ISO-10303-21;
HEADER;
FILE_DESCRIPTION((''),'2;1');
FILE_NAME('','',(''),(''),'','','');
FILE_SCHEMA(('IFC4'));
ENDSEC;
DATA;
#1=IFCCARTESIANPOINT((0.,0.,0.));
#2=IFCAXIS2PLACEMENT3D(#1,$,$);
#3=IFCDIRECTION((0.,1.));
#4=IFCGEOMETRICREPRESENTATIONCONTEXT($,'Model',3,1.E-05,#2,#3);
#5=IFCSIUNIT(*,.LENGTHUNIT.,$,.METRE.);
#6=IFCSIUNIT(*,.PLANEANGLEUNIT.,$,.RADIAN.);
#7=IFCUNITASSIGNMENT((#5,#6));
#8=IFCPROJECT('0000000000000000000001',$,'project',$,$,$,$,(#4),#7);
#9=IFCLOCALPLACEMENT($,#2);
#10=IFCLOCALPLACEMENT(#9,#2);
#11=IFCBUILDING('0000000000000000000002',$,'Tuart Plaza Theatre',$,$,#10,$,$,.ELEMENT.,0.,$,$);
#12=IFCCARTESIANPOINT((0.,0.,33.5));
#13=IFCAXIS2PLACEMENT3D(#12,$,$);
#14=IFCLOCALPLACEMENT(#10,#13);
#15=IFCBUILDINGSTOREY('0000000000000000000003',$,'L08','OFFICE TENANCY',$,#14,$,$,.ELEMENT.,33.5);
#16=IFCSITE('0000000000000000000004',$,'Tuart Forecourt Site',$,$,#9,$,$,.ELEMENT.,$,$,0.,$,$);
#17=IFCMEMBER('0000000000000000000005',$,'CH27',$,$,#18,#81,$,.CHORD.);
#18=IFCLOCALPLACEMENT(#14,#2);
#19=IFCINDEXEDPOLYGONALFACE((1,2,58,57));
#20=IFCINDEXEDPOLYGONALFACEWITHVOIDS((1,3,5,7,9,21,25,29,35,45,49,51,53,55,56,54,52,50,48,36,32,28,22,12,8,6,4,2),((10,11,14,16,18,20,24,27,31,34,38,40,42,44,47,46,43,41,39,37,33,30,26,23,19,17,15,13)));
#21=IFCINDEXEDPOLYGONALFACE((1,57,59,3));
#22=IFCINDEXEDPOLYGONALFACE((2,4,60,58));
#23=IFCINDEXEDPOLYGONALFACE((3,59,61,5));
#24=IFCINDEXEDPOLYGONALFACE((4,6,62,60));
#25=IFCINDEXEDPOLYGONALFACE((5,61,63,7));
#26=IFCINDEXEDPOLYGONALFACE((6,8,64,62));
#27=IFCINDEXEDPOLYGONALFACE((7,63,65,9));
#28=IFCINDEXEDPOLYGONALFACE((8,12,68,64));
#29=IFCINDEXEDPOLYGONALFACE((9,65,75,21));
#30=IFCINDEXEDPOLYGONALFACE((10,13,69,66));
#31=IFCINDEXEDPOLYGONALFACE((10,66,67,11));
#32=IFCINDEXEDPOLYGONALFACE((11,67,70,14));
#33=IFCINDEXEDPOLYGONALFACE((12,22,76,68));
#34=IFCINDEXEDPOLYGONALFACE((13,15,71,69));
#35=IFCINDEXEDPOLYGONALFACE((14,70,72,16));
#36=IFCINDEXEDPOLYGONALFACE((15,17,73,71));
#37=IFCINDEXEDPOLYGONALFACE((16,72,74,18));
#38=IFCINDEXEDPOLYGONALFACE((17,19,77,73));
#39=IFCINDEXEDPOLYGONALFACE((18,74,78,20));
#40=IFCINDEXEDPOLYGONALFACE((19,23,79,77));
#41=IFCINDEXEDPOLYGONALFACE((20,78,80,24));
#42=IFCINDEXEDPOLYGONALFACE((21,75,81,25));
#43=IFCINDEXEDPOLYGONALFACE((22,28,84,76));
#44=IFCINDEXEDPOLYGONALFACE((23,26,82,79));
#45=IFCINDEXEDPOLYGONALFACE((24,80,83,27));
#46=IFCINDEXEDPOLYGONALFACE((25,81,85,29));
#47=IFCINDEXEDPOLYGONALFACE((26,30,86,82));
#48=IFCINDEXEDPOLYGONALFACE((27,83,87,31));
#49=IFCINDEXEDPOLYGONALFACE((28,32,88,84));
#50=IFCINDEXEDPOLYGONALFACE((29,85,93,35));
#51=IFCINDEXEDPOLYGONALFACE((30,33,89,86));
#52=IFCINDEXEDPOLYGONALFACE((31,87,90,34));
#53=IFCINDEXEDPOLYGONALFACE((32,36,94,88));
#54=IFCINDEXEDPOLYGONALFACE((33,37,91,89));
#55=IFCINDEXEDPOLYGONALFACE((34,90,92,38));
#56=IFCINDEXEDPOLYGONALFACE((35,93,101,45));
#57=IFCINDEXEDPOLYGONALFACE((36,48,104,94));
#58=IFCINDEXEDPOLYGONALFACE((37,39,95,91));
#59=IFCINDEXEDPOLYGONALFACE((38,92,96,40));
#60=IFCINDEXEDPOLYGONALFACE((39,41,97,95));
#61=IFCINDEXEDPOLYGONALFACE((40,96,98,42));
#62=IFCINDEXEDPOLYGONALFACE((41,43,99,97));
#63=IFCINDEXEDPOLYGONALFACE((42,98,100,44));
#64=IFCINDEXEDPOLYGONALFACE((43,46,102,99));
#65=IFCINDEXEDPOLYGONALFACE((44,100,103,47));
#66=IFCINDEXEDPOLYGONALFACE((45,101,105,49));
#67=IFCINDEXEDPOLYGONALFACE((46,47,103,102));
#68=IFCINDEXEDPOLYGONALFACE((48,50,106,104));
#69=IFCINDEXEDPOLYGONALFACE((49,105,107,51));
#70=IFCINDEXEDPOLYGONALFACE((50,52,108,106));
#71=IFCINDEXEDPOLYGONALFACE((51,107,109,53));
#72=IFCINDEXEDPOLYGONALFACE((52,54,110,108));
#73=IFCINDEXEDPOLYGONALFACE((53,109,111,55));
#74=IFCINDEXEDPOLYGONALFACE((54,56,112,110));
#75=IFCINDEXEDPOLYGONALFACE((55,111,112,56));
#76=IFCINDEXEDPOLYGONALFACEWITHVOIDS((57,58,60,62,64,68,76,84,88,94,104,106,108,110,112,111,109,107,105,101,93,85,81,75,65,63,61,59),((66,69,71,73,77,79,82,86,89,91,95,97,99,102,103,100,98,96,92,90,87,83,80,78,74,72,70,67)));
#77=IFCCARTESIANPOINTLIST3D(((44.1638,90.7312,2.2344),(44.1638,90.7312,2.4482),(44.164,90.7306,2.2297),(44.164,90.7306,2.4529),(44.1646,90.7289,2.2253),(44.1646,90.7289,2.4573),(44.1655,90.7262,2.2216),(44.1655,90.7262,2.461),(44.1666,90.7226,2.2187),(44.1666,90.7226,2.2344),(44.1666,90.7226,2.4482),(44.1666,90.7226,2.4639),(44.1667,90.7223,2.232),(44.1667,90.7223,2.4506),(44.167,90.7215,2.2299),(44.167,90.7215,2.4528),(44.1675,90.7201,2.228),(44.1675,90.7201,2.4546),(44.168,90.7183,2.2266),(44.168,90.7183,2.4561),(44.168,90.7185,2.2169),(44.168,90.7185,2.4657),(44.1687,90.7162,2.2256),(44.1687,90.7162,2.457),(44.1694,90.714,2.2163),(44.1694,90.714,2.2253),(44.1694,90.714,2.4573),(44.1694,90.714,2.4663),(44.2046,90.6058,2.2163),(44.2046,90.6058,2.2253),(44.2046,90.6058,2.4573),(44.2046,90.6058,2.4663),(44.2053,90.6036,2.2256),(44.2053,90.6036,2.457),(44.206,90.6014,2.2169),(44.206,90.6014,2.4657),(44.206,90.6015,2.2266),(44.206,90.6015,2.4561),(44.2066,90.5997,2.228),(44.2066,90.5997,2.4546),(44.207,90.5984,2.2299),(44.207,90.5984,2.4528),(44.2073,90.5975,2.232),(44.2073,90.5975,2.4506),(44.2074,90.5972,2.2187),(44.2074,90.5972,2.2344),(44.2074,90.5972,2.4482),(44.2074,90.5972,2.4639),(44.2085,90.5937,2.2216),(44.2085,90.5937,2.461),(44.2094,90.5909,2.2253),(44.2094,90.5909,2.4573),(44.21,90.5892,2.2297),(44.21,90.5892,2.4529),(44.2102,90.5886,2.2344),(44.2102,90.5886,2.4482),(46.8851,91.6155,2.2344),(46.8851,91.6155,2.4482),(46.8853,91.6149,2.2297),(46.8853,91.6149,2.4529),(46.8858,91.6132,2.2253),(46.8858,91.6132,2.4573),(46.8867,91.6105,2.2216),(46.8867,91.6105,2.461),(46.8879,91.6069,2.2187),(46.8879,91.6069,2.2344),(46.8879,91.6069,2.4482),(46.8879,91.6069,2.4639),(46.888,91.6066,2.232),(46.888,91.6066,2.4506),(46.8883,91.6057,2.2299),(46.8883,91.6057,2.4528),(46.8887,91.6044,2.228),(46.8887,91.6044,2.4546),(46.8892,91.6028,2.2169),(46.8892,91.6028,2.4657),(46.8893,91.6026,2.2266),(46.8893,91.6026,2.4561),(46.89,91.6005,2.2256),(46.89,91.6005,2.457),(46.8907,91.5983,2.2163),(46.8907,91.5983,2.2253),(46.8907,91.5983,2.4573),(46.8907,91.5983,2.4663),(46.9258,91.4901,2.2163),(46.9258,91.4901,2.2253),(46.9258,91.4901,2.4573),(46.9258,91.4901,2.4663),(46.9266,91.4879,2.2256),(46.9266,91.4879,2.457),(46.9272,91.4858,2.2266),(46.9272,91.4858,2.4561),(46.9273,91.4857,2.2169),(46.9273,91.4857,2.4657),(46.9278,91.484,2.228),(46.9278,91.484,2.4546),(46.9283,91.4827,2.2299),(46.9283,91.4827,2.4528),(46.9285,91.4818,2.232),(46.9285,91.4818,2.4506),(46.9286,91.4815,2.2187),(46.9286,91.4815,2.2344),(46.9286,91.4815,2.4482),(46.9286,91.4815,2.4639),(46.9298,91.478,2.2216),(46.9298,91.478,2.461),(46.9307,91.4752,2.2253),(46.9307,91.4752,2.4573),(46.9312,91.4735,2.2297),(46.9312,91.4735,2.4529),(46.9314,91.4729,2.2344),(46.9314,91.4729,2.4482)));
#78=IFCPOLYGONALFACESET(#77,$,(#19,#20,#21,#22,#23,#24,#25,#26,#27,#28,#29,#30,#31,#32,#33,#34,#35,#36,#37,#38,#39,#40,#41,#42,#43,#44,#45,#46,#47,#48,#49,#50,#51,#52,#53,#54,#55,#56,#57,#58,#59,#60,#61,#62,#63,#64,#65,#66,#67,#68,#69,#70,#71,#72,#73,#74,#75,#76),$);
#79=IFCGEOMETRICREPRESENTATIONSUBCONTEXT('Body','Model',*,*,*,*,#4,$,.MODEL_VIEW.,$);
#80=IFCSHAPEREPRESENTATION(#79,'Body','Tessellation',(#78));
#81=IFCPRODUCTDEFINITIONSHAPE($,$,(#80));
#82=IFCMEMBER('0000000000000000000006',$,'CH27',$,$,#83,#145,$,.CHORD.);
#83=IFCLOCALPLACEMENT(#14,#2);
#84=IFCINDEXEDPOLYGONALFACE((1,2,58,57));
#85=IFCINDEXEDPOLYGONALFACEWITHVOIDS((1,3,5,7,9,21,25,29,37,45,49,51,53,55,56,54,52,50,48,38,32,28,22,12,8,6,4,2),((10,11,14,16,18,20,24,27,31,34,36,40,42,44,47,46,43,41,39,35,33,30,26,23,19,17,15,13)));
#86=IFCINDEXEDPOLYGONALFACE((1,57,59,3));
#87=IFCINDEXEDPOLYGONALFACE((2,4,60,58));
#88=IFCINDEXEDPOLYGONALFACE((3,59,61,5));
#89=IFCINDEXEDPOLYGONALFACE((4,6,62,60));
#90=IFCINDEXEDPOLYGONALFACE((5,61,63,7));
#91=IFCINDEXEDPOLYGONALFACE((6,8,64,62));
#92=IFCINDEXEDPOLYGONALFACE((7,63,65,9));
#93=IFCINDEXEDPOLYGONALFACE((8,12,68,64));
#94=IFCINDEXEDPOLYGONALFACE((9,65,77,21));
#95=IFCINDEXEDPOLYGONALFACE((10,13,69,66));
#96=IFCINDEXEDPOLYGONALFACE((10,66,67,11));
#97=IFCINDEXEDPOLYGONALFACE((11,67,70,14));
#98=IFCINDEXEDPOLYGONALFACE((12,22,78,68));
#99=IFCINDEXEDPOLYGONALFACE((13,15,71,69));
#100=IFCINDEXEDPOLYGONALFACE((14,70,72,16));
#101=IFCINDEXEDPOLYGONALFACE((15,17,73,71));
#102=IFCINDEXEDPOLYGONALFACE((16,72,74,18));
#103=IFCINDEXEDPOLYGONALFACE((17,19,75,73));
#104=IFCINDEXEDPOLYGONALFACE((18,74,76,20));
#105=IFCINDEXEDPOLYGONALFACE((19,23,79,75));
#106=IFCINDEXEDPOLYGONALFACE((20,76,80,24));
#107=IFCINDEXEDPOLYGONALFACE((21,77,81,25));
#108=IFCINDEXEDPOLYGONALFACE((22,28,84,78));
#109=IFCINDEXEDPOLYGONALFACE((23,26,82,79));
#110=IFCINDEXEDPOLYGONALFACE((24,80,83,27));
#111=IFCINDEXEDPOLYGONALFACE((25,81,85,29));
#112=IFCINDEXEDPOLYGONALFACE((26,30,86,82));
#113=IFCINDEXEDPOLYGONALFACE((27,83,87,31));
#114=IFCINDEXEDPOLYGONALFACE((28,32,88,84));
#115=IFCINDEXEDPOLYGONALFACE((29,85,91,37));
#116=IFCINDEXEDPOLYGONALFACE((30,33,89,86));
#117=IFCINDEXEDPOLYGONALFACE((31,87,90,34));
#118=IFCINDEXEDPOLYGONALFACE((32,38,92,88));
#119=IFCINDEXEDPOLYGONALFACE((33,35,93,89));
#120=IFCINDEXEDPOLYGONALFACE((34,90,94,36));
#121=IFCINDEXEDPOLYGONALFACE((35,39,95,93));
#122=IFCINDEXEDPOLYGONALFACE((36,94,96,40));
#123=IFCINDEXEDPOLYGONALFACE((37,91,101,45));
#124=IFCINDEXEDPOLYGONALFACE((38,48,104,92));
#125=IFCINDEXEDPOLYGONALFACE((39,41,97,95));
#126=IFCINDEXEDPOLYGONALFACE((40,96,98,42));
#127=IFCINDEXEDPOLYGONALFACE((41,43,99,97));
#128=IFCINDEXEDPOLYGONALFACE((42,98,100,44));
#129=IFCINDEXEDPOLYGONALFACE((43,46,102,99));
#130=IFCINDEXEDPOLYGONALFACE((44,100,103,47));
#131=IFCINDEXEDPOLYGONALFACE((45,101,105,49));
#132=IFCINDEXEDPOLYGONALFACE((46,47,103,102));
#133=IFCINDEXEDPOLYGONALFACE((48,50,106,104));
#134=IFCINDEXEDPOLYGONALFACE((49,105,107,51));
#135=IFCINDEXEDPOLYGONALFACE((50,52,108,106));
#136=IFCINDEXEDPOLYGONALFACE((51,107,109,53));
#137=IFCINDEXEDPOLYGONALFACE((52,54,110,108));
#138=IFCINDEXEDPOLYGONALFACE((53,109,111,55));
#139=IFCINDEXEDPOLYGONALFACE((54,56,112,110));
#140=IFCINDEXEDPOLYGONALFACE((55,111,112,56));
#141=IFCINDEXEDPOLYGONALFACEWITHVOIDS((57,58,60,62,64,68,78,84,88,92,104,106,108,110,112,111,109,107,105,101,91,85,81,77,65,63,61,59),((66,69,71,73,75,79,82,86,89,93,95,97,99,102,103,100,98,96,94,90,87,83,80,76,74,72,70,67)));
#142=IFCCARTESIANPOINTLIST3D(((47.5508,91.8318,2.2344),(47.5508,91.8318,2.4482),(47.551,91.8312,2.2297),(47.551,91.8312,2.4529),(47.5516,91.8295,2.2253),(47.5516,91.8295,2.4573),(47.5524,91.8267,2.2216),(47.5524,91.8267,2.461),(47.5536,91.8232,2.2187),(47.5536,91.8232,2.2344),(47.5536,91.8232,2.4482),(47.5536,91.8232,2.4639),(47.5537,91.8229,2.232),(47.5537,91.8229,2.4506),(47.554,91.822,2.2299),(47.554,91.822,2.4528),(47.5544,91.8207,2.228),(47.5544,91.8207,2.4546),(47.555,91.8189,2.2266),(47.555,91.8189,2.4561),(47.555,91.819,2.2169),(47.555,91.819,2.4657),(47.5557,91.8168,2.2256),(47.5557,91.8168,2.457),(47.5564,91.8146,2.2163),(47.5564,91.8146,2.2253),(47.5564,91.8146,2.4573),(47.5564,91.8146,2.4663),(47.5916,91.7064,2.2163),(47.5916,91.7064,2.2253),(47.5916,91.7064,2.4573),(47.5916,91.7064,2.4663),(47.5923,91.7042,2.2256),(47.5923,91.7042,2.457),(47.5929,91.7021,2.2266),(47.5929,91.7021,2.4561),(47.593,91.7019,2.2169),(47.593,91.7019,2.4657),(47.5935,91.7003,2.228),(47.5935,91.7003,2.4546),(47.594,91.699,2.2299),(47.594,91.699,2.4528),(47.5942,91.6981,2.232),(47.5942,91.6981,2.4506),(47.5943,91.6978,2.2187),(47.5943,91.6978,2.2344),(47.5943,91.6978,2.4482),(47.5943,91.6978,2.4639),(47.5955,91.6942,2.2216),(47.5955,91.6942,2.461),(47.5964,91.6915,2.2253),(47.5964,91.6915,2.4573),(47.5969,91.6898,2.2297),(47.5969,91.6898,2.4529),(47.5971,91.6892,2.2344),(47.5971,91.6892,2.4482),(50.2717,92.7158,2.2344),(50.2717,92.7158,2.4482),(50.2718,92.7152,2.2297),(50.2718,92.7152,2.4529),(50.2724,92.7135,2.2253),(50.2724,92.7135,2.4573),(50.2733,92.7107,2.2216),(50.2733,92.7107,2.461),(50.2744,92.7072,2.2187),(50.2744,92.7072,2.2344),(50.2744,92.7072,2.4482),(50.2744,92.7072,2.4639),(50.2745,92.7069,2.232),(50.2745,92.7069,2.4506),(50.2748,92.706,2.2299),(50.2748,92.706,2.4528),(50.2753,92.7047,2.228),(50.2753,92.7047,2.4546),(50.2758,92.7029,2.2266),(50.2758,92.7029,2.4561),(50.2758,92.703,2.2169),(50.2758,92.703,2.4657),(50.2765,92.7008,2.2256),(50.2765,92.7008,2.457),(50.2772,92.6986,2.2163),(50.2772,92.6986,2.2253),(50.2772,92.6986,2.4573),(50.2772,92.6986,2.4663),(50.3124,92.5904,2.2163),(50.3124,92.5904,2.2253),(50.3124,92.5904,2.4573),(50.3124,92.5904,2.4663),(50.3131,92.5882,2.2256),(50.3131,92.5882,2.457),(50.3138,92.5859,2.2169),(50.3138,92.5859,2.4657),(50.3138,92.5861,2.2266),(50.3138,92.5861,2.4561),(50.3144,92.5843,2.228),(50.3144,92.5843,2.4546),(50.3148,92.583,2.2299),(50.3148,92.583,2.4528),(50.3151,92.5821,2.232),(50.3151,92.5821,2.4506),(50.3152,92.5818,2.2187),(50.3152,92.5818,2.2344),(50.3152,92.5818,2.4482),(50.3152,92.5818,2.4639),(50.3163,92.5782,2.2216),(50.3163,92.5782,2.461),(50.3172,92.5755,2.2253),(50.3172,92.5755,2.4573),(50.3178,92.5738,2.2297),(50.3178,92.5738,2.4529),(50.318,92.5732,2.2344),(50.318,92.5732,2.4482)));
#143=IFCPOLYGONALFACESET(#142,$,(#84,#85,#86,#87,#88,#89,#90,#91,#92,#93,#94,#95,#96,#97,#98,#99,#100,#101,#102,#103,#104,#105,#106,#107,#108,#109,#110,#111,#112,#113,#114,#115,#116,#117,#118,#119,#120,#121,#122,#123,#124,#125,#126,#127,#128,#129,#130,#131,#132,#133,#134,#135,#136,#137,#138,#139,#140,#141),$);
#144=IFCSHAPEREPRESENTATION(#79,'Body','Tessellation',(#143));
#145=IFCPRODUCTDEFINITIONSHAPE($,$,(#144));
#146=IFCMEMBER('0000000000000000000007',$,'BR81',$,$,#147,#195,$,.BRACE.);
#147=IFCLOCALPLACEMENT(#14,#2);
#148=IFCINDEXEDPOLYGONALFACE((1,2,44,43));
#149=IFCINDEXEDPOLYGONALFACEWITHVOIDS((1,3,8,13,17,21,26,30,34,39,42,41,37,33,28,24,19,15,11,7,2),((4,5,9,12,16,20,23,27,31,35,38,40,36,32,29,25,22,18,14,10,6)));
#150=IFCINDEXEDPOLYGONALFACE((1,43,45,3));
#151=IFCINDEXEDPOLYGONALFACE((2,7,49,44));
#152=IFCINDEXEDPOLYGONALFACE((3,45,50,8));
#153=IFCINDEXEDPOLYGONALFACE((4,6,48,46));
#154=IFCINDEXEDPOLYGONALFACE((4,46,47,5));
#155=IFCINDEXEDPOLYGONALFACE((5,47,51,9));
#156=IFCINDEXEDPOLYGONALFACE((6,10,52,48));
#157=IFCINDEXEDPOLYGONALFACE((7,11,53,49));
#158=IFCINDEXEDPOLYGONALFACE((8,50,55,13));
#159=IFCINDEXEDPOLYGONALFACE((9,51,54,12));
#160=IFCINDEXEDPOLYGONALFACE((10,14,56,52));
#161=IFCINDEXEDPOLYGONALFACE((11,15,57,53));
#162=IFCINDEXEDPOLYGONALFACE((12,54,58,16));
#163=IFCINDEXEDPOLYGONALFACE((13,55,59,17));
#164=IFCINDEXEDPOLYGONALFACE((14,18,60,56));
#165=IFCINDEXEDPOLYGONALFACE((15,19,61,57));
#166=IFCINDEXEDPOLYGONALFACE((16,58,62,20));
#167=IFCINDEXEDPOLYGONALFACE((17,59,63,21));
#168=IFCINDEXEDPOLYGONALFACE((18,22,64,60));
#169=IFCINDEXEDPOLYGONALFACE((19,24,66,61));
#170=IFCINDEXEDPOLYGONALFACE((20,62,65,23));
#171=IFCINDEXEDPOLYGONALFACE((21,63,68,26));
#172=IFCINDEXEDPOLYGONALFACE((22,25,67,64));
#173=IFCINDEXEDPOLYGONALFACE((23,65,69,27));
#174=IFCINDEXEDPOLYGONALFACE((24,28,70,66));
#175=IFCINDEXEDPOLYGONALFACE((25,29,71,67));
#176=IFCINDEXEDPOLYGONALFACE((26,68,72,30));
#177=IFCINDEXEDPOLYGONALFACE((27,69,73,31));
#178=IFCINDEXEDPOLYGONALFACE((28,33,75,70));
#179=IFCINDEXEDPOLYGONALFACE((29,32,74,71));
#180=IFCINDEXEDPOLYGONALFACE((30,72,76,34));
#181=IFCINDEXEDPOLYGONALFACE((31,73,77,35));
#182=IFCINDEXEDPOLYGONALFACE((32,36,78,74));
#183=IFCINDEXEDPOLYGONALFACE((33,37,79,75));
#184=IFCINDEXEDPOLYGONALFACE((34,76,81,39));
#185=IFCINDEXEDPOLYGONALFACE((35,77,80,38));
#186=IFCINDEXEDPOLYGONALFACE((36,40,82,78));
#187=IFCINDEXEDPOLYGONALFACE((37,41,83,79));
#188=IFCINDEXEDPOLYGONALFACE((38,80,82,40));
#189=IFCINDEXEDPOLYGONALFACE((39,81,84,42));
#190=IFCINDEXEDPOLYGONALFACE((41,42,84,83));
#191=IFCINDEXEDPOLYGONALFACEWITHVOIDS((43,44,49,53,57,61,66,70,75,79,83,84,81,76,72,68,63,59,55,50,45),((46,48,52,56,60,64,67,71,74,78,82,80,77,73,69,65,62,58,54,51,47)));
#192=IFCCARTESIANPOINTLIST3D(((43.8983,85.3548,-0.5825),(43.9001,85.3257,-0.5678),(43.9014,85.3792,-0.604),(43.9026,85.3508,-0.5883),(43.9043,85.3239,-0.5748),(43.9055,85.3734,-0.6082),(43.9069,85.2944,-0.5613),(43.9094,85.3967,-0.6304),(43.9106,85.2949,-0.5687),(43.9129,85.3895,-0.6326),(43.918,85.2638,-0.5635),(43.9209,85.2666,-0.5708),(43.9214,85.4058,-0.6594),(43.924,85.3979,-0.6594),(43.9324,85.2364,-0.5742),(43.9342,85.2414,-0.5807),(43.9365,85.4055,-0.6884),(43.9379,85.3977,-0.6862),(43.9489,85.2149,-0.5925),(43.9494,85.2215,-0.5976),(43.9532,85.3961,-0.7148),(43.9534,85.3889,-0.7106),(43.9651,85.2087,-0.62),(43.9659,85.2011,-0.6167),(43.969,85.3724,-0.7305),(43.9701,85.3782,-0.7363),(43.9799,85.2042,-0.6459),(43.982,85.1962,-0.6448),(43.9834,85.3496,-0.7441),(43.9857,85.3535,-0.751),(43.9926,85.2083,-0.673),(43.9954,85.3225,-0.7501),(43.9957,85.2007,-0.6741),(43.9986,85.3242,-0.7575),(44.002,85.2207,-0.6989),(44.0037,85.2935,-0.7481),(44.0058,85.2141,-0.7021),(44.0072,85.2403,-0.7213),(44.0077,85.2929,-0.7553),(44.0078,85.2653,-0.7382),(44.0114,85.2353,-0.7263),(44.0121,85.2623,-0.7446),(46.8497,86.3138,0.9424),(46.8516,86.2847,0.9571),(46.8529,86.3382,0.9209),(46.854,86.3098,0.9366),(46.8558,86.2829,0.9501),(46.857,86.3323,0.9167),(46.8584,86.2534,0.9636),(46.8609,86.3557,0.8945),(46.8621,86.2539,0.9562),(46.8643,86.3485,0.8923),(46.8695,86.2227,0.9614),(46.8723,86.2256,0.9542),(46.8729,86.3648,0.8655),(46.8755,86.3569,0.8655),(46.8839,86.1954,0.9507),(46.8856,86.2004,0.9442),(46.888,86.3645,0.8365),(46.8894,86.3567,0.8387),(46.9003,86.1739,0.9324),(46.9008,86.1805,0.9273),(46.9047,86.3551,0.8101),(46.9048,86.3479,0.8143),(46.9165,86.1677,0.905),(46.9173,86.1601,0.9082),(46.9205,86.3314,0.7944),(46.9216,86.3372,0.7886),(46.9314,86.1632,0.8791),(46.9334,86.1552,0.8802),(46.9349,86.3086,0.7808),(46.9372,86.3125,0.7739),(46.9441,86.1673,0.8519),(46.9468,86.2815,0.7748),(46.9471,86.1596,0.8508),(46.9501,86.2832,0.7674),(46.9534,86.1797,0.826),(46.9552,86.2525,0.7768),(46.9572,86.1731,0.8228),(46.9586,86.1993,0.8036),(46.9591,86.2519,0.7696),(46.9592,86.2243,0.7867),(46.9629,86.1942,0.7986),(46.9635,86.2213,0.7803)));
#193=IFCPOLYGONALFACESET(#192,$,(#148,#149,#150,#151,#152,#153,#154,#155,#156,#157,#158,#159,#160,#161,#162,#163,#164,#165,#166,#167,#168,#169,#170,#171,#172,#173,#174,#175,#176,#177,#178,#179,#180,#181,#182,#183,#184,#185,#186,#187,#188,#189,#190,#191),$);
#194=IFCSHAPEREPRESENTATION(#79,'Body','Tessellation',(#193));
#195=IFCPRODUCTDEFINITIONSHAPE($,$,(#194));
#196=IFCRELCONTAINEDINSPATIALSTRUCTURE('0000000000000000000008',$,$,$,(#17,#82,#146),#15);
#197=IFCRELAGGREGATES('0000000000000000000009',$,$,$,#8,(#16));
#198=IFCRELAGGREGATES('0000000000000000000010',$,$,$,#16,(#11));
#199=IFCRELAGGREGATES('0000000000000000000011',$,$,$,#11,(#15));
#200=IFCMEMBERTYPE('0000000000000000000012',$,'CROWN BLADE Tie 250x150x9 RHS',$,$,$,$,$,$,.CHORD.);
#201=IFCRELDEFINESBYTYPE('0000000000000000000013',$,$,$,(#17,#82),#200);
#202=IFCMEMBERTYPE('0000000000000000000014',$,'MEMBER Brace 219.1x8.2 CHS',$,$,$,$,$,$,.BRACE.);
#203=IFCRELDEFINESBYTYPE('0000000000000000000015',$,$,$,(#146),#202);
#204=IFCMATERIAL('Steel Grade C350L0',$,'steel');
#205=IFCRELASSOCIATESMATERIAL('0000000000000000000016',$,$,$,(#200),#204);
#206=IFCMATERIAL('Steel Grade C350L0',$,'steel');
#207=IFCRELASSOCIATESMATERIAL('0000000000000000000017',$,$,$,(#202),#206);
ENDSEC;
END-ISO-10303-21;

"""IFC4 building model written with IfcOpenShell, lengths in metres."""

from ifc_helpers import new_model, si_unit, direction, frame, origin, origin_2d, place, context, subcontext, project, spatial, hollow_rectangle, hollow_circle, extrude, material, material_profile, profile_set, type_object, element, save


model = new_model("IFC4")

# Units and contexts
model_context = context("Model", 3, precision=1e-05, world=origin(), true_north=direction((0.0, 1.0)))
body_context = subcontext(model_context, "Body", "Model", "MODEL_VIEW")
ifc_project = project(units=[si_unit("LENGTHUNIT", "METRE"), si_unit("PLANEANGLEUNIT", "RADIAN")], contexts=[model_context])

# Site, building, storey
site_placement = place(None, origin())
site = spatial("IfcSite", under=ifc_project, at=site_placement, Name="Tuart Forecourt Site", CompositionType="ELEMENT", RefElevation=0.0)
building_placement = place(site_placement, origin())
building = spatial("IfcBuilding", under=site, at=building_placement, Name="Tuart Plaza Theatre", CompositionType="ELEMENT", ElevationOfRefHeight=0.0)
storey_placement = place(building_placement, frame((0.0, 0.0, 33.5)))
storey = spatial("IfcBuildingStorey", under=building, at=storey_placement, Name="L08", Description="OFFICE TENANCY", CompositionType="ELEMENT", Elevation=33.5)

# Members
ifc_material_1 = material(Name="Steel Grade C350L0", Category="steel")
ifc_material_profile_1 = material_profile(ifc_material_1, hollow_rectangle(XDim=0.1499, YDim=0.25, WallThickness=0.009, InnerFilletRadius=0.009, OuterFilletRadius=0.0181, at=origin_2d()), Name="250x150x9 RHS")
ifc_profile_set_1 = profile_set([ifc_material_profile_1], Name="Steel Grade C350L0")
member_type_1 = type_object("IfcMemberType", Name="CROWN BLADE Tie 250x150x9 RHS", PredefinedType="CHORD", material=ifc_profile_set_1)
member_1_placement = place(storey_placement, frame((44.187, 90.6599, 2.3413), z_axis=(0.951045, 0.309051, 0.0), x_axis=(-0.309051, 0.951045, 0.0)))
element("IfcMember", 1, at=member_1_placement, inside=storey, type_object=member_type_1, Name="CH27", PredefinedType="CHORD", context=body_context, shape_type="SweptSolid", body=[
    extrude(hollow_rectangle(XDim=0.1499, YDim=0.25, WallThickness=0.009, InnerFilletRadius=0.009, OuterFilletRadius=0.0181, at=origin_2d()), origin(), (0.0, 0.0, 1.0), 2.8613),
])
member_2_placement = place(storey_placement, frame((47.574, 91.7605, 2.3413), z_axis=(0.951062, 0.308999, 0.0), x_axis=(-0.308999, 0.951062, 0.0)))
element("IfcMember", 2, at=member_2_placement, inside=storey, type_object=member_type_1, Name="CH27", PredefinedType="CHORD", context=body_context, shape_type="SweptSolid", body=[
    extrude(hollow_rectangle(XDim=0.1499, YDim=0.25, WallThickness=0.009, InnerFilletRadius=0.009, OuterFilletRadius=0.0181, at=origin_2d()), origin(), (0.0, 0.0, 1.0), 2.8608),
])
ifc_material_2 = material(Name="Steel Grade C350L0", Category="steel")
ifc_material_profile_2 = material_profile(ifc_material_2, hollow_circle(Radius=0.1096, WallThickness=0.0083, at=origin_2d()), Name="219.1x8.2 CHS")
ifc_profile_set_2 = profile_set([ifc_material_profile_2], Name="Steel Grade C350L0")
member_type_2 = type_object("IfcMemberType", Name="MEMBER Brace 219.1x8.2 CHS", PredefinedType="BRACE", material=ifc_profile_set_2)
member_3_placement = place(storey_placement, frame((43.9553, 85.3015, -0.6594), z_axis=(0.853573, 0.277346, 0.441014), x_axis=(-0.30902, 0.951055, 0.0)))
element("IfcMember", 3, at=member_3_placement, inside=storey, type_object=member_type_2, Name="BR81", PredefinedType="BRACE", context=body_context, shape_type="SweptSolid", body=[
    extrude(hollow_circle(Radius=0.1096, WallThickness=0.0083, at=origin_2d()), origin(), (0.0, 0.0, 1.0), 3.4578),
])

save(model, "model.ifc")
